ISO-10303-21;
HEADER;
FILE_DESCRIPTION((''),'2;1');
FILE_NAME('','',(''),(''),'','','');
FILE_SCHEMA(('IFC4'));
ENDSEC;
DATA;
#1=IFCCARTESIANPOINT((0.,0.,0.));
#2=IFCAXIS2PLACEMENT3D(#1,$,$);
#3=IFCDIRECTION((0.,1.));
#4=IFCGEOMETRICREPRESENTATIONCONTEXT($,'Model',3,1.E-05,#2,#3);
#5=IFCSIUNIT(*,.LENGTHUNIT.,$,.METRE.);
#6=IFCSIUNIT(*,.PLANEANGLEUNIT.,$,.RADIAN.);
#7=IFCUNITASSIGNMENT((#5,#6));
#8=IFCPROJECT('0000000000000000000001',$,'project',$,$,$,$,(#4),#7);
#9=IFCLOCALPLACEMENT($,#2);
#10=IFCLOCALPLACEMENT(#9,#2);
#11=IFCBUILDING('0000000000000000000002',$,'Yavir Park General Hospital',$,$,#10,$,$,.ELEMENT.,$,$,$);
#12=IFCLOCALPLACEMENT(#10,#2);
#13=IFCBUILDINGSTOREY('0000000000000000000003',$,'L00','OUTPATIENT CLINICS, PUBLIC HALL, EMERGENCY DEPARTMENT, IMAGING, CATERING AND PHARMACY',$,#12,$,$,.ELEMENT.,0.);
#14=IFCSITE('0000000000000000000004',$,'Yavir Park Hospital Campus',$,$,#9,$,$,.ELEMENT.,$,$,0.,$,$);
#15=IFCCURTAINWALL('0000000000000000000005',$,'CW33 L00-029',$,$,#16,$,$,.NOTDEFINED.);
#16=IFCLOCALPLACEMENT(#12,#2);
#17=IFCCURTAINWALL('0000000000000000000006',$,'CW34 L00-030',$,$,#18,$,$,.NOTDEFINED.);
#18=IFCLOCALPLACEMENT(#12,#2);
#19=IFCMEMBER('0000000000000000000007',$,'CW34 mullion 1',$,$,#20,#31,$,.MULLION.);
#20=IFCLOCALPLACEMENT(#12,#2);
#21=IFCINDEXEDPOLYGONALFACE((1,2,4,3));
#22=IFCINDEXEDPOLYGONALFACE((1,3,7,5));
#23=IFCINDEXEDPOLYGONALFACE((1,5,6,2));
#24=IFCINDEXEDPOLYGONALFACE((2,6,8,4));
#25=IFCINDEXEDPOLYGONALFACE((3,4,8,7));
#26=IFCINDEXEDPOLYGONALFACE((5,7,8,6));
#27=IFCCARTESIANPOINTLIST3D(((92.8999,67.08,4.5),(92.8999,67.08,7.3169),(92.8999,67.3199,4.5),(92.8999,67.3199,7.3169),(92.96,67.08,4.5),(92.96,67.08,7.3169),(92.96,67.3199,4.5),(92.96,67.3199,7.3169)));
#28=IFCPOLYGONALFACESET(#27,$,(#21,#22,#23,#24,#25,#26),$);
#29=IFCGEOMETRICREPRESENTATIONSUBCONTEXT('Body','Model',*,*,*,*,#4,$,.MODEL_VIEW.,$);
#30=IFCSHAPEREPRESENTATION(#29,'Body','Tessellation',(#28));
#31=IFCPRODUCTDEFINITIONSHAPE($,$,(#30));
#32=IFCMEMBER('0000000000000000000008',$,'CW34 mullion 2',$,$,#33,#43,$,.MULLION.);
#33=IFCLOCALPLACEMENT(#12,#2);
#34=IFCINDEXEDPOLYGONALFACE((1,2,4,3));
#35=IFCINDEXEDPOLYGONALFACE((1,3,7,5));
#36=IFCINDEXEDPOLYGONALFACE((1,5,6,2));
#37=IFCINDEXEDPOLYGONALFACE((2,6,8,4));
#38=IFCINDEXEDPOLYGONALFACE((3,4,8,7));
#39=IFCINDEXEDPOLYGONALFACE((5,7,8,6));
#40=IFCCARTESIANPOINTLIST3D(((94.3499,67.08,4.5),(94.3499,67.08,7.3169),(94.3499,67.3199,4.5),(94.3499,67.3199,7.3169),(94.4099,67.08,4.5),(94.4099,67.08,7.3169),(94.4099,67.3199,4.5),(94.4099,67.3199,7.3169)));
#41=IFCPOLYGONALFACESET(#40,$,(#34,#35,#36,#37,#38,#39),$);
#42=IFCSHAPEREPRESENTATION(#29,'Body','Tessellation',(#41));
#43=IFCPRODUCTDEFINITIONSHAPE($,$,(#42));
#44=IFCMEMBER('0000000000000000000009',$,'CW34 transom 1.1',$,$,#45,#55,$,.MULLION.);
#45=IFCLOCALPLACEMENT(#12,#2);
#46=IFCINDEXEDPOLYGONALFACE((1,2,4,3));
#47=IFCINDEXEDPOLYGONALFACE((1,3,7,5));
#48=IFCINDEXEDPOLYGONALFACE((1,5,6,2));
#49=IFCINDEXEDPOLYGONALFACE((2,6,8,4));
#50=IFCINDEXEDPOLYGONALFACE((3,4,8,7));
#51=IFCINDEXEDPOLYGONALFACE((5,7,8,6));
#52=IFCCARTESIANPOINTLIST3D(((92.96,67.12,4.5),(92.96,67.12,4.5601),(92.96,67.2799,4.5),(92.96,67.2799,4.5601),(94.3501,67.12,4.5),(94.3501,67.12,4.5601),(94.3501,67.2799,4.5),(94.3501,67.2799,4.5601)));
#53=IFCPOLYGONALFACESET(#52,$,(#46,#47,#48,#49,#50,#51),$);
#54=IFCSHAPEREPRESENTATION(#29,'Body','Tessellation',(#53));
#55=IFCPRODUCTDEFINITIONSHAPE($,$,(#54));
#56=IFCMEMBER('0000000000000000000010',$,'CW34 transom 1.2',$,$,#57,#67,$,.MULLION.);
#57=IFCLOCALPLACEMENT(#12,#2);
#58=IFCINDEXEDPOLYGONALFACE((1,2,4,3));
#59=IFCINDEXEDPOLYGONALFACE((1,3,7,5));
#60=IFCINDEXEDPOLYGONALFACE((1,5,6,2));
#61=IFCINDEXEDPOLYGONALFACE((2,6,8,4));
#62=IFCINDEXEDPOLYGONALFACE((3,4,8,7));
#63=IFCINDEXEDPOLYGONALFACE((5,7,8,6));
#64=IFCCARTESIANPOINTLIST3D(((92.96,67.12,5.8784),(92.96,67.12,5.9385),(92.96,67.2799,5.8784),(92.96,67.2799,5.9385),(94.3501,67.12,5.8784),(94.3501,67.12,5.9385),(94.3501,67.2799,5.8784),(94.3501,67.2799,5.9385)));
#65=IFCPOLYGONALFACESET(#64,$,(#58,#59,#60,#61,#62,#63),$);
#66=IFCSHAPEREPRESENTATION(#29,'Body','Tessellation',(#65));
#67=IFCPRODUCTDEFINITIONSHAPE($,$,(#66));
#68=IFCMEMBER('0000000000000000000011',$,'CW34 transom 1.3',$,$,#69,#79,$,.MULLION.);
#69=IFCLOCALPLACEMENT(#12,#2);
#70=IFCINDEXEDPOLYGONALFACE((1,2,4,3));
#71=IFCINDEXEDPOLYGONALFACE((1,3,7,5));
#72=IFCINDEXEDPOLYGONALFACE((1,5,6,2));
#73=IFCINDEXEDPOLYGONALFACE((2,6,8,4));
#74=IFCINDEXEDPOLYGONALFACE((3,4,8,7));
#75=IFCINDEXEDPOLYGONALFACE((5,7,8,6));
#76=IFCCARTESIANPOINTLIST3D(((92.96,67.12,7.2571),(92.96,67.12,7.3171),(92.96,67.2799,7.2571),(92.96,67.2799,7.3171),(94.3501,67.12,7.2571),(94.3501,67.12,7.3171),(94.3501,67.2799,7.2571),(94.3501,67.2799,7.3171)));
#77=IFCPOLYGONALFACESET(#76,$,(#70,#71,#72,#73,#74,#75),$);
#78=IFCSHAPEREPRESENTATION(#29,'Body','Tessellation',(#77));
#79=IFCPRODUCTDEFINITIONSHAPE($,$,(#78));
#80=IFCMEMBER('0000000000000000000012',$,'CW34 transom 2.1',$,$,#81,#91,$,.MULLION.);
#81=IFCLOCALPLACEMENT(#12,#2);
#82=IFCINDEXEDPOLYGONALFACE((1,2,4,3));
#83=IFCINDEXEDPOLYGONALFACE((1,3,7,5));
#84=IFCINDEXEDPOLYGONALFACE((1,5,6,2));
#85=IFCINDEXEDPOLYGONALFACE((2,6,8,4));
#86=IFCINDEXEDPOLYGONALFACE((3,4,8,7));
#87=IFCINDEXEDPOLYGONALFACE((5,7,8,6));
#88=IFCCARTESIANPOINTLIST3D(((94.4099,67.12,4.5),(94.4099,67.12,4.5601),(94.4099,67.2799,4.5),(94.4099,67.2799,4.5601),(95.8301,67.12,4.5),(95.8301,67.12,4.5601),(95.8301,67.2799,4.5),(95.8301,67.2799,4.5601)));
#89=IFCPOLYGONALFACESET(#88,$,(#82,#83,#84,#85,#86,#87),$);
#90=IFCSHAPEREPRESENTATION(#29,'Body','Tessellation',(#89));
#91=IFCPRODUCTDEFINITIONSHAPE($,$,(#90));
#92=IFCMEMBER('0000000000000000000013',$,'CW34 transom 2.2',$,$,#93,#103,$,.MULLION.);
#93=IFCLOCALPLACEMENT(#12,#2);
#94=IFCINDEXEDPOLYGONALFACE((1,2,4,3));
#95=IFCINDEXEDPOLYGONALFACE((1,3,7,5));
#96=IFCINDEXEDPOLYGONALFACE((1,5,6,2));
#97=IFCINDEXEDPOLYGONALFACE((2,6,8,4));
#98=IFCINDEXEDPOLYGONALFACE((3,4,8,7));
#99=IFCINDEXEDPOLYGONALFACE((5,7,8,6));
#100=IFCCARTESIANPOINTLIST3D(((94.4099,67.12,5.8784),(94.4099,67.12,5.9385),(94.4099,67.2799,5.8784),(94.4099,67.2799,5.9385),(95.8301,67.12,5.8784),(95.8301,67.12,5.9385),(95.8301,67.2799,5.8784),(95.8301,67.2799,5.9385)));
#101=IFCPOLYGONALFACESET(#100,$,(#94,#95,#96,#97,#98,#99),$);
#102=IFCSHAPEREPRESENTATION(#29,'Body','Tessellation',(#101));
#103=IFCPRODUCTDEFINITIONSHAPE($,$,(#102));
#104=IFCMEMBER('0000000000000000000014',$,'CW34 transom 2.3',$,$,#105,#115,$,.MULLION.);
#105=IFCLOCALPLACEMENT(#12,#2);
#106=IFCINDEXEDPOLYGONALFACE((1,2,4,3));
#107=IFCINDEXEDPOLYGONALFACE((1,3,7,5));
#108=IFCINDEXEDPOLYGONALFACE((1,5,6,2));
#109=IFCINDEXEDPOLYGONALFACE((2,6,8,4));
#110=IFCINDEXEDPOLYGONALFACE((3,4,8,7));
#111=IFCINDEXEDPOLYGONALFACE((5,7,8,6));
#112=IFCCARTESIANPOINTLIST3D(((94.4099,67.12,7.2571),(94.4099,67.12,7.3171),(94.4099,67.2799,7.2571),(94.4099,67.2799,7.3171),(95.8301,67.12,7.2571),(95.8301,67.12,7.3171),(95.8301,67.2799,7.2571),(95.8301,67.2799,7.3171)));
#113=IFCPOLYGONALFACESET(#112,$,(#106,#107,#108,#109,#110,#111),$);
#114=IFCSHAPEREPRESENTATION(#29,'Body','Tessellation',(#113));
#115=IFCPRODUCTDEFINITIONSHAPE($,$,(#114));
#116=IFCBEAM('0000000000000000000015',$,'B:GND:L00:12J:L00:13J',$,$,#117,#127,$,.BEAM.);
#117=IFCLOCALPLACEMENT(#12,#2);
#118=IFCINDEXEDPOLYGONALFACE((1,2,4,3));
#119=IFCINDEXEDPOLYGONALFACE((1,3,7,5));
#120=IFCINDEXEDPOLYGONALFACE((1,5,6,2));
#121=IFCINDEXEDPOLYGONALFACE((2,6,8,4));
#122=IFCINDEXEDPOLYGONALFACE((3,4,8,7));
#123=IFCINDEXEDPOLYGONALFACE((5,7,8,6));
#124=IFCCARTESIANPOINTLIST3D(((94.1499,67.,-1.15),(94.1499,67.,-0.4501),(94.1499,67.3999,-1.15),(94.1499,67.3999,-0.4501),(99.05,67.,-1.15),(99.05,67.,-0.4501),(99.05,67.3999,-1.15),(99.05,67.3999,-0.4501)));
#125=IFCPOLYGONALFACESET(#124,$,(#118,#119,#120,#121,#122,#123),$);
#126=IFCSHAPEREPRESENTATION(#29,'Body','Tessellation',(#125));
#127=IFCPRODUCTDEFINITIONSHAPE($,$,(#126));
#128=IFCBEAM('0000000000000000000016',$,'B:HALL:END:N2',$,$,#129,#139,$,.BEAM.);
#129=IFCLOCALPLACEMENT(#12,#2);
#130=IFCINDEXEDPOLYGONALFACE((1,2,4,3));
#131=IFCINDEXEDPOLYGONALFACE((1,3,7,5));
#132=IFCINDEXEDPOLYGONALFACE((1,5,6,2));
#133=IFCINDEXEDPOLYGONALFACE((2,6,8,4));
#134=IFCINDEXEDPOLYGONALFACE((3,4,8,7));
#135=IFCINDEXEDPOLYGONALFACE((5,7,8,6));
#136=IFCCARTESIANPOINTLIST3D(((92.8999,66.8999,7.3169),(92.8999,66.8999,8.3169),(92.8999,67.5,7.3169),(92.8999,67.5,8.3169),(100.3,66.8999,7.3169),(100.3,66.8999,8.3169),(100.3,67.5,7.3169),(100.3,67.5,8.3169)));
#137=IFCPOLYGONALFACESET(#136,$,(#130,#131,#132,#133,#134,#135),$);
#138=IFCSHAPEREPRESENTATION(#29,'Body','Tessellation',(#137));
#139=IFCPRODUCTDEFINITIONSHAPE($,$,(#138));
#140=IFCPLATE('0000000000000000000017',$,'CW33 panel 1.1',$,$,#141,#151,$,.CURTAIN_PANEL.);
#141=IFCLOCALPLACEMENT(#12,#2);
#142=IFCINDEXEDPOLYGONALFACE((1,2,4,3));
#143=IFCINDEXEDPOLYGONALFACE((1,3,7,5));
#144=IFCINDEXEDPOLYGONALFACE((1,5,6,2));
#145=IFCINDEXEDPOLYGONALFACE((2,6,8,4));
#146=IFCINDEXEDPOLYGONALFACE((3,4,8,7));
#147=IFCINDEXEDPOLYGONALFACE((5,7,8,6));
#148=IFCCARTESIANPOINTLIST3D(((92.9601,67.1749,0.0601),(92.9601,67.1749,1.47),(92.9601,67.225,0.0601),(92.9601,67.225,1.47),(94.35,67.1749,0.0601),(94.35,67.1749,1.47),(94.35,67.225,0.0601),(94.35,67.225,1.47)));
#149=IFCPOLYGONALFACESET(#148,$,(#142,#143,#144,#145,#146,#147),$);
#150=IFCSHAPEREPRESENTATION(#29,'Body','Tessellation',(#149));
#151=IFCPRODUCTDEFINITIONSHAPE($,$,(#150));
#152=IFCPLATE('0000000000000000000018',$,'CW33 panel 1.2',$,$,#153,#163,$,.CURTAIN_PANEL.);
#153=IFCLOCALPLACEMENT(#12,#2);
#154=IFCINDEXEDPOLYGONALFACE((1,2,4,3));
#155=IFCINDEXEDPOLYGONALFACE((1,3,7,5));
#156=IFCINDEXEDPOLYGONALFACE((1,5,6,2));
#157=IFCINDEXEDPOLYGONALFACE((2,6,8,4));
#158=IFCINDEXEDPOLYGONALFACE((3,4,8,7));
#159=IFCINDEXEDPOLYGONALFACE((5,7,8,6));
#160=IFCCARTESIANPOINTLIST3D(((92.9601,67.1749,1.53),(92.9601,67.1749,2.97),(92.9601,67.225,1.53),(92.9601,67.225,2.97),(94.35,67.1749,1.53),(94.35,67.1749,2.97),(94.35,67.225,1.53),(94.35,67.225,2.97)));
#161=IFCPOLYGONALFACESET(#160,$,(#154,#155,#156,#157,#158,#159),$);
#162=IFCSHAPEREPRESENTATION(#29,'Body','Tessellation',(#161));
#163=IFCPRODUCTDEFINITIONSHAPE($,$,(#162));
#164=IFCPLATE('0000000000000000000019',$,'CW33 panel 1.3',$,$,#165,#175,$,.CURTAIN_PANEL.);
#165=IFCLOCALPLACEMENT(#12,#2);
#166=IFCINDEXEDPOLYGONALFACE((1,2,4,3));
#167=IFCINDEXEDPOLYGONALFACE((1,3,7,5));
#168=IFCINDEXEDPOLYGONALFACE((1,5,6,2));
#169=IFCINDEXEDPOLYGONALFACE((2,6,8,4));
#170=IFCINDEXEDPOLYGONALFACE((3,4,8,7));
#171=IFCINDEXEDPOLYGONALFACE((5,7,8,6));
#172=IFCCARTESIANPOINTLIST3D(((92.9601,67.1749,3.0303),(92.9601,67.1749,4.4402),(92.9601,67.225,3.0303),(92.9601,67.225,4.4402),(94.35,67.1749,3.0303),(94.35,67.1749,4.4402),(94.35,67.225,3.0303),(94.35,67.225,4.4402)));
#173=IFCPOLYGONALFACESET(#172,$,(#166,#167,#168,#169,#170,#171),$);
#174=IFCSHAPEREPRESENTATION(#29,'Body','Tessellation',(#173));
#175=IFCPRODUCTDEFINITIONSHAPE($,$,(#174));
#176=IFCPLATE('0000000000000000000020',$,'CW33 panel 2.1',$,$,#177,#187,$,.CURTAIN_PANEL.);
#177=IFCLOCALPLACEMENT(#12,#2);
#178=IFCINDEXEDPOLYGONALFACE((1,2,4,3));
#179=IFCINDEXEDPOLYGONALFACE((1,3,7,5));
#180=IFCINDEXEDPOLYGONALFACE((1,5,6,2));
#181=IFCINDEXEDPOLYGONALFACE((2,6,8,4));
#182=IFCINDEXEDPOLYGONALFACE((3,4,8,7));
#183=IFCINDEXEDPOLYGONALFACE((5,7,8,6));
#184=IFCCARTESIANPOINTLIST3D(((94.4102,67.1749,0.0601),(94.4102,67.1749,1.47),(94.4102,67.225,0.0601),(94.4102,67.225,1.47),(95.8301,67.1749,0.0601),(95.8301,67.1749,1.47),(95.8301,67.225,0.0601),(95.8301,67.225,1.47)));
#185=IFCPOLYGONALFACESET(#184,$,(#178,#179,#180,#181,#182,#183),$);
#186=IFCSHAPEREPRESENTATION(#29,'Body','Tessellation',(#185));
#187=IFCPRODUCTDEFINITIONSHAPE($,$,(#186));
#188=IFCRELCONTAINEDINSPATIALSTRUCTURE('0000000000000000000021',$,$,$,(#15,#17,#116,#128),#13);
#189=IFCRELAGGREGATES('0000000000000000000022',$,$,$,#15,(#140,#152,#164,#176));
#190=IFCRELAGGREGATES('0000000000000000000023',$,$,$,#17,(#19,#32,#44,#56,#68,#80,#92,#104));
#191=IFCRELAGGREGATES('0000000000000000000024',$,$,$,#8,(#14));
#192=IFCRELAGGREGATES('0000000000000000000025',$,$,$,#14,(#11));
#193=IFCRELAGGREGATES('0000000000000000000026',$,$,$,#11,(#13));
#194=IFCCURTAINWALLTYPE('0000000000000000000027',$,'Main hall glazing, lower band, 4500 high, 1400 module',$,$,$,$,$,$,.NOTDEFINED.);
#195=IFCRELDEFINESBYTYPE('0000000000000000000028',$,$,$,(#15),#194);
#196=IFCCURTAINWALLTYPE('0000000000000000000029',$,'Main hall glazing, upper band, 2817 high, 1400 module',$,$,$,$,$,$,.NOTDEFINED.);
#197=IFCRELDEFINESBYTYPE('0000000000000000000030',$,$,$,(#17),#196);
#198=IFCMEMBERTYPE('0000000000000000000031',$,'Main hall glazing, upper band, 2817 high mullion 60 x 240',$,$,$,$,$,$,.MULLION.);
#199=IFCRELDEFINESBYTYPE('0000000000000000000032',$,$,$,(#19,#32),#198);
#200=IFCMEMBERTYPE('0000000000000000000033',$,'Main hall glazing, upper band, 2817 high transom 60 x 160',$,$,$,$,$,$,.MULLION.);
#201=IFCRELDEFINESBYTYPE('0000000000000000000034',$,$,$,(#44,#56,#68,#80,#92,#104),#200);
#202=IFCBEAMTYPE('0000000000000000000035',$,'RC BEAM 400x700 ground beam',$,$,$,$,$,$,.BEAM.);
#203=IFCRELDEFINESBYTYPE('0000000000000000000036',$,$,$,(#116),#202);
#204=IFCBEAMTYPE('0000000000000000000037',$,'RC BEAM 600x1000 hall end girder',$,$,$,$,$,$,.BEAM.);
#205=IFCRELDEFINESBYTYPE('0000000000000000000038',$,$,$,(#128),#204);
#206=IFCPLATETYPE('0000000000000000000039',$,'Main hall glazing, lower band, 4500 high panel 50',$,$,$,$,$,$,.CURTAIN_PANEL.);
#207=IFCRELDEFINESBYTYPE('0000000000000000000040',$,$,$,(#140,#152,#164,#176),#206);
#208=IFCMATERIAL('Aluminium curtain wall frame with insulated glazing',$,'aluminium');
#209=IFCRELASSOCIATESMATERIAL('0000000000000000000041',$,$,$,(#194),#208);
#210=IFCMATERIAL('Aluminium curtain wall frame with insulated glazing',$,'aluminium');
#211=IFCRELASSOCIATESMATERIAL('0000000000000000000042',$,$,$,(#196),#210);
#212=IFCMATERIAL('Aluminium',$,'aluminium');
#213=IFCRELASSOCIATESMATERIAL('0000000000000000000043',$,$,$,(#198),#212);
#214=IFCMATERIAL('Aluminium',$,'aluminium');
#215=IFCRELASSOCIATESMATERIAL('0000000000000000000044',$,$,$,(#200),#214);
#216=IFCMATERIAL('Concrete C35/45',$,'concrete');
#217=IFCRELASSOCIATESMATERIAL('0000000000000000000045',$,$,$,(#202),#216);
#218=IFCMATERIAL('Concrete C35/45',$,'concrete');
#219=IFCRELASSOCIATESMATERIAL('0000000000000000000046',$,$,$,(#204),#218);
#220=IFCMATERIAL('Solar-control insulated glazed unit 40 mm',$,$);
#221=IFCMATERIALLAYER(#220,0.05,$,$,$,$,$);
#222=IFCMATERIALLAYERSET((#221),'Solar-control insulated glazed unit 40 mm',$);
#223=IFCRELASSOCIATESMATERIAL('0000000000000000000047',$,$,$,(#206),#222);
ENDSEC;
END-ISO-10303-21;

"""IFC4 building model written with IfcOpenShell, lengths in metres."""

from ifc_helpers import new_model, si_unit, direction, frame, origin, origin_2d, place, context, subcontext, project, spatial, rectangle, extrude, material, layer, layer_set, material_profile, profile_set, type_object, element, aggregate, save


model = new_model("IFC4")

# Units and contexts
model_context = context("Model", 3, precision=1e-05, world=origin(), true_north=direction((0.0, 1.0)))
body_context = subcontext(model_context, "Body", "Model", "MODEL_VIEW")
ifc_project = project(units=[si_unit("LENGTHUNIT", "METRE"), si_unit("PLANEANGLEUNIT", "RADIAN")], contexts=[model_context])

# Site, building, storey
site_placement = place(None, origin())
site = spatial("IfcSite", under=ifc_project, at=site_placement, Name="Yavir Park Hospital Campus", CompositionType="ELEMENT", RefElevation=0.0)
building_placement = place(site_placement, origin())
building = spatial("IfcBuilding", under=site, at=building_placement, Name="Yavir Park General Hospital", CompositionType="ELEMENT")
storey_placement = place(building_placement, origin())
storey = spatial("IfcBuildingStorey", under=building, at=storey_placement, Name="L00", Description="OUTPATIENT CLINICS, PUBLIC HALL, EMERGENCY DEPARTMENT, IMAGING, CATERING AND PHARMACY", CompositionType="ELEMENT", Elevation=0.0)

# Curtain walls, members
ifc_material_1 = material(Name="Aluminium curtain wall frame with insulated glazing", Category="aluminium")
curtain_wall_type_1 = type_object("IfcCurtainWallType", Name="Main hall glazing, lower band, 4500 high, 1400 module", PredefinedType="NOTDEFINED", material=ifc_material_1)
curtain_wall_1_placement = place(storey_placement, origin())
curtain_wall_1 = element("IfcCurtainWall", 1, at=curtain_wall_1_placement, inside=storey, type_object=curtain_wall_type_1, Name="CW33 L00-029", PredefinedType="NOTDEFINED")
ifc_material_2 = material(Name="Aluminium curtain wall frame with insulated glazing", Category="aluminium")
curtain_wall_type_2 = type_object("IfcCurtainWallType", Name="Main hall glazing, upper band, 2817 high, 1400 module", PredefinedType="NOTDEFINED", material=ifc_material_2)
curtain_wall_2_placement = place(storey_placement, origin())
curtain_wall_2 = element("IfcCurtainWall", 2, at=curtain_wall_2_placement, inside=storey, type_object=curtain_wall_type_2, Name="CW34 L00-030", PredefinedType="NOTDEFINED")
ifc_material_3 = material(Name="Aluminium", Category="aluminium")
ifc_material_profile_1 = material_profile(ifc_material_3, rectangle(XDim=0.24, YDim=0.0601, at=origin_2d()), Name="AL 60x240")
ifc_profile_set_1 = profile_set([ifc_material_profile_1], Name="Aluminium")
member_type_1 = type_object("IfcMemberType", Name="Main hall glazing, upper band, 2817 high mullion 60 x 240", PredefinedType="MULLION", material=ifc_profile_set_1)
member_1_placement = place(storey_placement, frame((92.9299, 67.2, 4.5), z_axis=(0.0, 0.0, 1.0), x_axis=(0.0, 1.0, 0.0)))
member_1 = element("IfcMember", 3, at=member_1_placement, type_object=member_type_1, Name="CW34 mullion 1", PredefinedType="MULLION", context=body_context, shape_type="SweptSolid", body=[
    extrude(rectangle(XDim=0.24, YDim=0.0601, at=origin_2d()), origin(), (0.0, 0.0, 1.0), 2.8169),
])
member_2_placement = place(storey_placement, frame((94.3799, 67.2, 4.5), z_axis=(0.0, 0.0, 1.0), x_axis=(0.0, 1.0, 0.0)))
member_2 = element("IfcMember", 4, at=member_2_placement, type_object=member_type_1, Name="CW34 mullion 2", PredefinedType="MULLION", context=body_context, shape_type="SweptSolid", body=[
    extrude(rectangle(XDim=0.24, YDim=0.0601, at=origin_2d()), origin(), (0.0, 0.0, 1.0), 2.8169),
])
ifc_material_4 = material(Name="Aluminium", Category="aluminium")
ifc_material_profile_2 = material_profile(ifc_material_4, rectangle(XDim=0.1599, YDim=0.0601, at=origin_2d()), Name="AL 160x60")
ifc_profile_set_2 = profile_set([ifc_material_profile_2], Name="Aluminium")
member_type_2 = type_object("IfcMemberType", Name="Main hall glazing, upper band, 2817 high transom 60 x 160", PredefinedType="MULLION", material=ifc_profile_set_2)
member_3_placement = place(storey_placement, frame((92.96, 67.2, 4.53), z_axis=(1.0, 0.0, 0.0), x_axis=(0.0, 1.0, 0.0)))
member_3 = element("IfcMember", 5, at=member_3_placement, type_object=member_type_2, Name="CW34 transom 1.1", PredefinedType="MULLION", context=body_context, shape_type="SweptSolid", body=[
    extrude(rectangle(XDim=0.1599, YDim=0.0601, at=origin_2d()), origin(), (0.0, 0.0, 1.0), 1.3901),
])
member_4_placement = place(storey_placement, frame((92.96, 67.2, 5.9084), z_axis=(1.0, 0.0, 0.0), x_axis=(0.0, 1.0, 0.0)))
member_4 = element("IfcMember", 6, at=member_4_placement, type_object=member_type_2, Name="CW34 transom 1.2", PredefinedType="MULLION", context=body_context, shape_type="SweptSolid", body=[
    extrude(rectangle(XDim=0.1599, YDim=0.0601, at=origin_2d()), origin(), (0.0, 0.0, 1.0), 1.3901),
])
member_5_placement = place(storey_placement, frame((92.96, 67.2, 7.2871), z_axis=(1.0, 0.0, 0.0), x_axis=(0.0, 1.0, 0.0)))
member_5 = element("IfcMember", 7, at=member_5_placement, type_object=member_type_2, Name="CW34 transom 1.3", PredefinedType="MULLION", context=body_context, shape_type="SweptSolid", body=[
    extrude(rectangle(XDim=0.1599, YDim=0.0601, at=origin_2d()), origin(), (0.0, 0.0, 1.0), 1.3901),
])
member_6_placement = place(storey_placement, frame((94.4099, 67.2, 4.53), z_axis=(1.0, 0.0, 0.0), x_axis=(0.0, 1.0, 0.0)))
member_6 = element("IfcMember", 8, at=member_6_placement, type_object=member_type_2, Name="CW34 transom 2.1", PredefinedType="MULLION", context=body_context, shape_type="SweptSolid", body=[
    extrude(rectangle(XDim=0.1599, YDim=0.0601, at=origin_2d()), origin(), (0.0, 0.0, 1.0), 1.4202),
])
member_7_placement = place(storey_placement, frame((94.4099, 67.2, 5.9084), z_axis=(1.0, 0.0, 0.0), x_axis=(0.0, 1.0, 0.0)))
member_7 = element("IfcMember", 9, at=member_7_placement, type_object=member_type_2, Name="CW34 transom 2.2", PredefinedType="MULLION", context=body_context, shape_type="SweptSolid", body=[
    extrude(rectangle(XDim=0.1599, YDim=0.0601, at=origin_2d()), origin(), (0.0, 0.0, 1.0), 1.4202),
])
member_8_placement = place(storey_placement, frame((94.4099, 67.2, 7.2871), z_axis=(1.0, 0.0, 0.0), x_axis=(0.0, 1.0, 0.0)))
member_8 = element("IfcMember", 10, at=member_8_placement, type_object=member_type_2, Name="CW34 transom 2.3", PredefinedType="MULLION", context=body_context, shape_type="SweptSolid", body=[
    extrude(rectangle(XDim=0.1599, YDim=0.0601, at=origin_2d()), origin(), (0.0, 0.0, 1.0), 1.4202),
])

# Beams
ifc_material_5 = material(Name="Concrete C35/45", Category="concrete")
ifc_material_profile_3 = material_profile(ifc_material_5, rectangle(XDim=0.3999, YDim=0.7, at=origin_2d()), Name="RC400x700")
ifc_profile_set_3 = profile_set([ifc_material_profile_3], Name="Concrete C35/45")
beam_type_1 = type_object("IfcBeamType", Name="RC BEAM 400x700 ground beam", PredefinedType="BEAM", material=ifc_profile_set_3)
beam_1_placement = place(storey_placement, frame((94.1499, 67.2, -0.8), z_axis=(1.0, 0.0, 0.0), x_axis=(0.0, 1.0, 0.0)))
element("IfcBeam", 11, at=beam_1_placement, inside=storey, type_object=beam_type_1, Name="B:GND:L00:12J:L00:13J", PredefinedType="BEAM", context=body_context, shape_type="SweptSolid", body=[
    extrude(rectangle(XDim=0.3999, YDim=0.7, at=origin_2d()), origin(), (0.0, 0.0, 1.0), 4.9001),
])
ifc_material_6 = material(Name="Concrete C35/45", Category="concrete")
ifc_material_profile_4 = material_profile(ifc_material_6, rectangle(XDim=0.6001, YDim=1.0, at=origin_2d()), Name="RC600x1000")
ifc_profile_set_4 = profile_set([ifc_material_profile_4], Name="Concrete C35/45")
beam_type_2 = type_object("IfcBeamType", Name="RC BEAM 600x1000 hall end girder", PredefinedType="BEAM", material=ifc_profile_set_4)
beam_2_placement = place(storey_placement, frame((92.8999, 67.2, 7.8169), z_axis=(1.0, 0.0, 0.0), x_axis=(0.0, 1.0, 0.0)))
element("IfcBeam", 12, at=beam_2_placement, inside=storey, type_object=beam_type_2, Name="B:HALL:END:N2", PredefinedType="BEAM", context=body_context, shape_type="SweptSolid", body=[
    extrude(rectangle(XDim=0.6001, YDim=1.0, at=origin_2d()), origin(), (0.0, 0.0, 1.0), 7.4001),
])

# Plates
ifc_material_7 = material(Name="Solar-control insulated glazed unit 40 mm")
ifc_layer_1 = layer(ifc_material_7, 0.05)
ifc_layer_set_1 = layer_set([ifc_layer_1], Name="Solar-control insulated glazed unit 40 mm")
plate_type_1 = type_object("IfcPlateType", Name="Main hall glazing, lower band, 4500 high panel 50", PredefinedType="CURTAIN_PANEL", material=ifc_layer_set_1)
plate_1_placement = place(storey_placement, frame((93.655, 67.2, 0.0601), z_axis=(0.0, 0.0, 1.0), x_axis=(1.0, 0.0, 0.0)))
plate_1 = element("IfcPlate", 13, at=plate_1_placement, type_object=plate_type_1, Name="CW33 panel 1.1", PredefinedType="CURTAIN_PANEL", context=body_context, shape_type="SweptSolid", body=[
    extrude(rectangle(XDim=1.3899, YDim=0.05, at=origin_2d()), origin(), (0.0, 0.0, 1.0), 1.4099),
])
plate_2_placement = place(storey_placement, frame((93.655, 67.2, 1.53), z_axis=(0.0, 0.0, 1.0), x_axis=(1.0, 0.0, 0.0)))
plate_2 = element("IfcPlate", 14, at=plate_2_placement, type_object=plate_type_1, Name="CW33 panel 1.2", PredefinedType="CURTAIN_PANEL", context=body_context, shape_type="SweptSolid", body=[
    extrude(rectangle(XDim=1.3899, YDim=0.05, at=origin_2d()), origin(), (0.0, 0.0, 1.0), 1.4399),
])
plate_3_placement = place(storey_placement, frame((93.655, 67.2, 3.0303), z_axis=(0.0, 0.0, 1.0), x_axis=(1.0, 0.0, 0.0)))
plate_3 = element("IfcPlate", 15, at=plate_3_placement, type_object=plate_type_1, Name="CW33 panel 1.3", PredefinedType="CURTAIN_PANEL", context=body_context, shape_type="SweptSolid", body=[
    extrude(rectangle(XDim=1.3899, YDim=0.05, at=origin_2d()), origin(), (0.0, 0.0, 1.0), 1.4099),
])
plate_4_placement = place(storey_placement, frame((95.1201, 67.2, 0.0601), z_axis=(0.0, 0.0, 1.0), x_axis=(1.0, 0.0, 0.0)))
plate_4 = element("IfcPlate", 16, at=plate_4_placement, type_object=plate_type_1, Name="CW33 panel 2.1", PredefinedType="CURTAIN_PANEL", context=body_context, shape_type="SweptSolid", body=[
    extrude(rectangle(XDim=1.4199, YDim=0.05, at=origin_2d()), origin(), (0.0, 0.0, 1.0), 1.4099),
])
aggregate(curtain_wall_1, [plate_1, plate_2, plate_3, plate_4])
aggregate(curtain_wall_2, [member_1, member_2, member_3, member_4, member_5, member_6, member_7, member_8])

save(model, "model.ifc")
